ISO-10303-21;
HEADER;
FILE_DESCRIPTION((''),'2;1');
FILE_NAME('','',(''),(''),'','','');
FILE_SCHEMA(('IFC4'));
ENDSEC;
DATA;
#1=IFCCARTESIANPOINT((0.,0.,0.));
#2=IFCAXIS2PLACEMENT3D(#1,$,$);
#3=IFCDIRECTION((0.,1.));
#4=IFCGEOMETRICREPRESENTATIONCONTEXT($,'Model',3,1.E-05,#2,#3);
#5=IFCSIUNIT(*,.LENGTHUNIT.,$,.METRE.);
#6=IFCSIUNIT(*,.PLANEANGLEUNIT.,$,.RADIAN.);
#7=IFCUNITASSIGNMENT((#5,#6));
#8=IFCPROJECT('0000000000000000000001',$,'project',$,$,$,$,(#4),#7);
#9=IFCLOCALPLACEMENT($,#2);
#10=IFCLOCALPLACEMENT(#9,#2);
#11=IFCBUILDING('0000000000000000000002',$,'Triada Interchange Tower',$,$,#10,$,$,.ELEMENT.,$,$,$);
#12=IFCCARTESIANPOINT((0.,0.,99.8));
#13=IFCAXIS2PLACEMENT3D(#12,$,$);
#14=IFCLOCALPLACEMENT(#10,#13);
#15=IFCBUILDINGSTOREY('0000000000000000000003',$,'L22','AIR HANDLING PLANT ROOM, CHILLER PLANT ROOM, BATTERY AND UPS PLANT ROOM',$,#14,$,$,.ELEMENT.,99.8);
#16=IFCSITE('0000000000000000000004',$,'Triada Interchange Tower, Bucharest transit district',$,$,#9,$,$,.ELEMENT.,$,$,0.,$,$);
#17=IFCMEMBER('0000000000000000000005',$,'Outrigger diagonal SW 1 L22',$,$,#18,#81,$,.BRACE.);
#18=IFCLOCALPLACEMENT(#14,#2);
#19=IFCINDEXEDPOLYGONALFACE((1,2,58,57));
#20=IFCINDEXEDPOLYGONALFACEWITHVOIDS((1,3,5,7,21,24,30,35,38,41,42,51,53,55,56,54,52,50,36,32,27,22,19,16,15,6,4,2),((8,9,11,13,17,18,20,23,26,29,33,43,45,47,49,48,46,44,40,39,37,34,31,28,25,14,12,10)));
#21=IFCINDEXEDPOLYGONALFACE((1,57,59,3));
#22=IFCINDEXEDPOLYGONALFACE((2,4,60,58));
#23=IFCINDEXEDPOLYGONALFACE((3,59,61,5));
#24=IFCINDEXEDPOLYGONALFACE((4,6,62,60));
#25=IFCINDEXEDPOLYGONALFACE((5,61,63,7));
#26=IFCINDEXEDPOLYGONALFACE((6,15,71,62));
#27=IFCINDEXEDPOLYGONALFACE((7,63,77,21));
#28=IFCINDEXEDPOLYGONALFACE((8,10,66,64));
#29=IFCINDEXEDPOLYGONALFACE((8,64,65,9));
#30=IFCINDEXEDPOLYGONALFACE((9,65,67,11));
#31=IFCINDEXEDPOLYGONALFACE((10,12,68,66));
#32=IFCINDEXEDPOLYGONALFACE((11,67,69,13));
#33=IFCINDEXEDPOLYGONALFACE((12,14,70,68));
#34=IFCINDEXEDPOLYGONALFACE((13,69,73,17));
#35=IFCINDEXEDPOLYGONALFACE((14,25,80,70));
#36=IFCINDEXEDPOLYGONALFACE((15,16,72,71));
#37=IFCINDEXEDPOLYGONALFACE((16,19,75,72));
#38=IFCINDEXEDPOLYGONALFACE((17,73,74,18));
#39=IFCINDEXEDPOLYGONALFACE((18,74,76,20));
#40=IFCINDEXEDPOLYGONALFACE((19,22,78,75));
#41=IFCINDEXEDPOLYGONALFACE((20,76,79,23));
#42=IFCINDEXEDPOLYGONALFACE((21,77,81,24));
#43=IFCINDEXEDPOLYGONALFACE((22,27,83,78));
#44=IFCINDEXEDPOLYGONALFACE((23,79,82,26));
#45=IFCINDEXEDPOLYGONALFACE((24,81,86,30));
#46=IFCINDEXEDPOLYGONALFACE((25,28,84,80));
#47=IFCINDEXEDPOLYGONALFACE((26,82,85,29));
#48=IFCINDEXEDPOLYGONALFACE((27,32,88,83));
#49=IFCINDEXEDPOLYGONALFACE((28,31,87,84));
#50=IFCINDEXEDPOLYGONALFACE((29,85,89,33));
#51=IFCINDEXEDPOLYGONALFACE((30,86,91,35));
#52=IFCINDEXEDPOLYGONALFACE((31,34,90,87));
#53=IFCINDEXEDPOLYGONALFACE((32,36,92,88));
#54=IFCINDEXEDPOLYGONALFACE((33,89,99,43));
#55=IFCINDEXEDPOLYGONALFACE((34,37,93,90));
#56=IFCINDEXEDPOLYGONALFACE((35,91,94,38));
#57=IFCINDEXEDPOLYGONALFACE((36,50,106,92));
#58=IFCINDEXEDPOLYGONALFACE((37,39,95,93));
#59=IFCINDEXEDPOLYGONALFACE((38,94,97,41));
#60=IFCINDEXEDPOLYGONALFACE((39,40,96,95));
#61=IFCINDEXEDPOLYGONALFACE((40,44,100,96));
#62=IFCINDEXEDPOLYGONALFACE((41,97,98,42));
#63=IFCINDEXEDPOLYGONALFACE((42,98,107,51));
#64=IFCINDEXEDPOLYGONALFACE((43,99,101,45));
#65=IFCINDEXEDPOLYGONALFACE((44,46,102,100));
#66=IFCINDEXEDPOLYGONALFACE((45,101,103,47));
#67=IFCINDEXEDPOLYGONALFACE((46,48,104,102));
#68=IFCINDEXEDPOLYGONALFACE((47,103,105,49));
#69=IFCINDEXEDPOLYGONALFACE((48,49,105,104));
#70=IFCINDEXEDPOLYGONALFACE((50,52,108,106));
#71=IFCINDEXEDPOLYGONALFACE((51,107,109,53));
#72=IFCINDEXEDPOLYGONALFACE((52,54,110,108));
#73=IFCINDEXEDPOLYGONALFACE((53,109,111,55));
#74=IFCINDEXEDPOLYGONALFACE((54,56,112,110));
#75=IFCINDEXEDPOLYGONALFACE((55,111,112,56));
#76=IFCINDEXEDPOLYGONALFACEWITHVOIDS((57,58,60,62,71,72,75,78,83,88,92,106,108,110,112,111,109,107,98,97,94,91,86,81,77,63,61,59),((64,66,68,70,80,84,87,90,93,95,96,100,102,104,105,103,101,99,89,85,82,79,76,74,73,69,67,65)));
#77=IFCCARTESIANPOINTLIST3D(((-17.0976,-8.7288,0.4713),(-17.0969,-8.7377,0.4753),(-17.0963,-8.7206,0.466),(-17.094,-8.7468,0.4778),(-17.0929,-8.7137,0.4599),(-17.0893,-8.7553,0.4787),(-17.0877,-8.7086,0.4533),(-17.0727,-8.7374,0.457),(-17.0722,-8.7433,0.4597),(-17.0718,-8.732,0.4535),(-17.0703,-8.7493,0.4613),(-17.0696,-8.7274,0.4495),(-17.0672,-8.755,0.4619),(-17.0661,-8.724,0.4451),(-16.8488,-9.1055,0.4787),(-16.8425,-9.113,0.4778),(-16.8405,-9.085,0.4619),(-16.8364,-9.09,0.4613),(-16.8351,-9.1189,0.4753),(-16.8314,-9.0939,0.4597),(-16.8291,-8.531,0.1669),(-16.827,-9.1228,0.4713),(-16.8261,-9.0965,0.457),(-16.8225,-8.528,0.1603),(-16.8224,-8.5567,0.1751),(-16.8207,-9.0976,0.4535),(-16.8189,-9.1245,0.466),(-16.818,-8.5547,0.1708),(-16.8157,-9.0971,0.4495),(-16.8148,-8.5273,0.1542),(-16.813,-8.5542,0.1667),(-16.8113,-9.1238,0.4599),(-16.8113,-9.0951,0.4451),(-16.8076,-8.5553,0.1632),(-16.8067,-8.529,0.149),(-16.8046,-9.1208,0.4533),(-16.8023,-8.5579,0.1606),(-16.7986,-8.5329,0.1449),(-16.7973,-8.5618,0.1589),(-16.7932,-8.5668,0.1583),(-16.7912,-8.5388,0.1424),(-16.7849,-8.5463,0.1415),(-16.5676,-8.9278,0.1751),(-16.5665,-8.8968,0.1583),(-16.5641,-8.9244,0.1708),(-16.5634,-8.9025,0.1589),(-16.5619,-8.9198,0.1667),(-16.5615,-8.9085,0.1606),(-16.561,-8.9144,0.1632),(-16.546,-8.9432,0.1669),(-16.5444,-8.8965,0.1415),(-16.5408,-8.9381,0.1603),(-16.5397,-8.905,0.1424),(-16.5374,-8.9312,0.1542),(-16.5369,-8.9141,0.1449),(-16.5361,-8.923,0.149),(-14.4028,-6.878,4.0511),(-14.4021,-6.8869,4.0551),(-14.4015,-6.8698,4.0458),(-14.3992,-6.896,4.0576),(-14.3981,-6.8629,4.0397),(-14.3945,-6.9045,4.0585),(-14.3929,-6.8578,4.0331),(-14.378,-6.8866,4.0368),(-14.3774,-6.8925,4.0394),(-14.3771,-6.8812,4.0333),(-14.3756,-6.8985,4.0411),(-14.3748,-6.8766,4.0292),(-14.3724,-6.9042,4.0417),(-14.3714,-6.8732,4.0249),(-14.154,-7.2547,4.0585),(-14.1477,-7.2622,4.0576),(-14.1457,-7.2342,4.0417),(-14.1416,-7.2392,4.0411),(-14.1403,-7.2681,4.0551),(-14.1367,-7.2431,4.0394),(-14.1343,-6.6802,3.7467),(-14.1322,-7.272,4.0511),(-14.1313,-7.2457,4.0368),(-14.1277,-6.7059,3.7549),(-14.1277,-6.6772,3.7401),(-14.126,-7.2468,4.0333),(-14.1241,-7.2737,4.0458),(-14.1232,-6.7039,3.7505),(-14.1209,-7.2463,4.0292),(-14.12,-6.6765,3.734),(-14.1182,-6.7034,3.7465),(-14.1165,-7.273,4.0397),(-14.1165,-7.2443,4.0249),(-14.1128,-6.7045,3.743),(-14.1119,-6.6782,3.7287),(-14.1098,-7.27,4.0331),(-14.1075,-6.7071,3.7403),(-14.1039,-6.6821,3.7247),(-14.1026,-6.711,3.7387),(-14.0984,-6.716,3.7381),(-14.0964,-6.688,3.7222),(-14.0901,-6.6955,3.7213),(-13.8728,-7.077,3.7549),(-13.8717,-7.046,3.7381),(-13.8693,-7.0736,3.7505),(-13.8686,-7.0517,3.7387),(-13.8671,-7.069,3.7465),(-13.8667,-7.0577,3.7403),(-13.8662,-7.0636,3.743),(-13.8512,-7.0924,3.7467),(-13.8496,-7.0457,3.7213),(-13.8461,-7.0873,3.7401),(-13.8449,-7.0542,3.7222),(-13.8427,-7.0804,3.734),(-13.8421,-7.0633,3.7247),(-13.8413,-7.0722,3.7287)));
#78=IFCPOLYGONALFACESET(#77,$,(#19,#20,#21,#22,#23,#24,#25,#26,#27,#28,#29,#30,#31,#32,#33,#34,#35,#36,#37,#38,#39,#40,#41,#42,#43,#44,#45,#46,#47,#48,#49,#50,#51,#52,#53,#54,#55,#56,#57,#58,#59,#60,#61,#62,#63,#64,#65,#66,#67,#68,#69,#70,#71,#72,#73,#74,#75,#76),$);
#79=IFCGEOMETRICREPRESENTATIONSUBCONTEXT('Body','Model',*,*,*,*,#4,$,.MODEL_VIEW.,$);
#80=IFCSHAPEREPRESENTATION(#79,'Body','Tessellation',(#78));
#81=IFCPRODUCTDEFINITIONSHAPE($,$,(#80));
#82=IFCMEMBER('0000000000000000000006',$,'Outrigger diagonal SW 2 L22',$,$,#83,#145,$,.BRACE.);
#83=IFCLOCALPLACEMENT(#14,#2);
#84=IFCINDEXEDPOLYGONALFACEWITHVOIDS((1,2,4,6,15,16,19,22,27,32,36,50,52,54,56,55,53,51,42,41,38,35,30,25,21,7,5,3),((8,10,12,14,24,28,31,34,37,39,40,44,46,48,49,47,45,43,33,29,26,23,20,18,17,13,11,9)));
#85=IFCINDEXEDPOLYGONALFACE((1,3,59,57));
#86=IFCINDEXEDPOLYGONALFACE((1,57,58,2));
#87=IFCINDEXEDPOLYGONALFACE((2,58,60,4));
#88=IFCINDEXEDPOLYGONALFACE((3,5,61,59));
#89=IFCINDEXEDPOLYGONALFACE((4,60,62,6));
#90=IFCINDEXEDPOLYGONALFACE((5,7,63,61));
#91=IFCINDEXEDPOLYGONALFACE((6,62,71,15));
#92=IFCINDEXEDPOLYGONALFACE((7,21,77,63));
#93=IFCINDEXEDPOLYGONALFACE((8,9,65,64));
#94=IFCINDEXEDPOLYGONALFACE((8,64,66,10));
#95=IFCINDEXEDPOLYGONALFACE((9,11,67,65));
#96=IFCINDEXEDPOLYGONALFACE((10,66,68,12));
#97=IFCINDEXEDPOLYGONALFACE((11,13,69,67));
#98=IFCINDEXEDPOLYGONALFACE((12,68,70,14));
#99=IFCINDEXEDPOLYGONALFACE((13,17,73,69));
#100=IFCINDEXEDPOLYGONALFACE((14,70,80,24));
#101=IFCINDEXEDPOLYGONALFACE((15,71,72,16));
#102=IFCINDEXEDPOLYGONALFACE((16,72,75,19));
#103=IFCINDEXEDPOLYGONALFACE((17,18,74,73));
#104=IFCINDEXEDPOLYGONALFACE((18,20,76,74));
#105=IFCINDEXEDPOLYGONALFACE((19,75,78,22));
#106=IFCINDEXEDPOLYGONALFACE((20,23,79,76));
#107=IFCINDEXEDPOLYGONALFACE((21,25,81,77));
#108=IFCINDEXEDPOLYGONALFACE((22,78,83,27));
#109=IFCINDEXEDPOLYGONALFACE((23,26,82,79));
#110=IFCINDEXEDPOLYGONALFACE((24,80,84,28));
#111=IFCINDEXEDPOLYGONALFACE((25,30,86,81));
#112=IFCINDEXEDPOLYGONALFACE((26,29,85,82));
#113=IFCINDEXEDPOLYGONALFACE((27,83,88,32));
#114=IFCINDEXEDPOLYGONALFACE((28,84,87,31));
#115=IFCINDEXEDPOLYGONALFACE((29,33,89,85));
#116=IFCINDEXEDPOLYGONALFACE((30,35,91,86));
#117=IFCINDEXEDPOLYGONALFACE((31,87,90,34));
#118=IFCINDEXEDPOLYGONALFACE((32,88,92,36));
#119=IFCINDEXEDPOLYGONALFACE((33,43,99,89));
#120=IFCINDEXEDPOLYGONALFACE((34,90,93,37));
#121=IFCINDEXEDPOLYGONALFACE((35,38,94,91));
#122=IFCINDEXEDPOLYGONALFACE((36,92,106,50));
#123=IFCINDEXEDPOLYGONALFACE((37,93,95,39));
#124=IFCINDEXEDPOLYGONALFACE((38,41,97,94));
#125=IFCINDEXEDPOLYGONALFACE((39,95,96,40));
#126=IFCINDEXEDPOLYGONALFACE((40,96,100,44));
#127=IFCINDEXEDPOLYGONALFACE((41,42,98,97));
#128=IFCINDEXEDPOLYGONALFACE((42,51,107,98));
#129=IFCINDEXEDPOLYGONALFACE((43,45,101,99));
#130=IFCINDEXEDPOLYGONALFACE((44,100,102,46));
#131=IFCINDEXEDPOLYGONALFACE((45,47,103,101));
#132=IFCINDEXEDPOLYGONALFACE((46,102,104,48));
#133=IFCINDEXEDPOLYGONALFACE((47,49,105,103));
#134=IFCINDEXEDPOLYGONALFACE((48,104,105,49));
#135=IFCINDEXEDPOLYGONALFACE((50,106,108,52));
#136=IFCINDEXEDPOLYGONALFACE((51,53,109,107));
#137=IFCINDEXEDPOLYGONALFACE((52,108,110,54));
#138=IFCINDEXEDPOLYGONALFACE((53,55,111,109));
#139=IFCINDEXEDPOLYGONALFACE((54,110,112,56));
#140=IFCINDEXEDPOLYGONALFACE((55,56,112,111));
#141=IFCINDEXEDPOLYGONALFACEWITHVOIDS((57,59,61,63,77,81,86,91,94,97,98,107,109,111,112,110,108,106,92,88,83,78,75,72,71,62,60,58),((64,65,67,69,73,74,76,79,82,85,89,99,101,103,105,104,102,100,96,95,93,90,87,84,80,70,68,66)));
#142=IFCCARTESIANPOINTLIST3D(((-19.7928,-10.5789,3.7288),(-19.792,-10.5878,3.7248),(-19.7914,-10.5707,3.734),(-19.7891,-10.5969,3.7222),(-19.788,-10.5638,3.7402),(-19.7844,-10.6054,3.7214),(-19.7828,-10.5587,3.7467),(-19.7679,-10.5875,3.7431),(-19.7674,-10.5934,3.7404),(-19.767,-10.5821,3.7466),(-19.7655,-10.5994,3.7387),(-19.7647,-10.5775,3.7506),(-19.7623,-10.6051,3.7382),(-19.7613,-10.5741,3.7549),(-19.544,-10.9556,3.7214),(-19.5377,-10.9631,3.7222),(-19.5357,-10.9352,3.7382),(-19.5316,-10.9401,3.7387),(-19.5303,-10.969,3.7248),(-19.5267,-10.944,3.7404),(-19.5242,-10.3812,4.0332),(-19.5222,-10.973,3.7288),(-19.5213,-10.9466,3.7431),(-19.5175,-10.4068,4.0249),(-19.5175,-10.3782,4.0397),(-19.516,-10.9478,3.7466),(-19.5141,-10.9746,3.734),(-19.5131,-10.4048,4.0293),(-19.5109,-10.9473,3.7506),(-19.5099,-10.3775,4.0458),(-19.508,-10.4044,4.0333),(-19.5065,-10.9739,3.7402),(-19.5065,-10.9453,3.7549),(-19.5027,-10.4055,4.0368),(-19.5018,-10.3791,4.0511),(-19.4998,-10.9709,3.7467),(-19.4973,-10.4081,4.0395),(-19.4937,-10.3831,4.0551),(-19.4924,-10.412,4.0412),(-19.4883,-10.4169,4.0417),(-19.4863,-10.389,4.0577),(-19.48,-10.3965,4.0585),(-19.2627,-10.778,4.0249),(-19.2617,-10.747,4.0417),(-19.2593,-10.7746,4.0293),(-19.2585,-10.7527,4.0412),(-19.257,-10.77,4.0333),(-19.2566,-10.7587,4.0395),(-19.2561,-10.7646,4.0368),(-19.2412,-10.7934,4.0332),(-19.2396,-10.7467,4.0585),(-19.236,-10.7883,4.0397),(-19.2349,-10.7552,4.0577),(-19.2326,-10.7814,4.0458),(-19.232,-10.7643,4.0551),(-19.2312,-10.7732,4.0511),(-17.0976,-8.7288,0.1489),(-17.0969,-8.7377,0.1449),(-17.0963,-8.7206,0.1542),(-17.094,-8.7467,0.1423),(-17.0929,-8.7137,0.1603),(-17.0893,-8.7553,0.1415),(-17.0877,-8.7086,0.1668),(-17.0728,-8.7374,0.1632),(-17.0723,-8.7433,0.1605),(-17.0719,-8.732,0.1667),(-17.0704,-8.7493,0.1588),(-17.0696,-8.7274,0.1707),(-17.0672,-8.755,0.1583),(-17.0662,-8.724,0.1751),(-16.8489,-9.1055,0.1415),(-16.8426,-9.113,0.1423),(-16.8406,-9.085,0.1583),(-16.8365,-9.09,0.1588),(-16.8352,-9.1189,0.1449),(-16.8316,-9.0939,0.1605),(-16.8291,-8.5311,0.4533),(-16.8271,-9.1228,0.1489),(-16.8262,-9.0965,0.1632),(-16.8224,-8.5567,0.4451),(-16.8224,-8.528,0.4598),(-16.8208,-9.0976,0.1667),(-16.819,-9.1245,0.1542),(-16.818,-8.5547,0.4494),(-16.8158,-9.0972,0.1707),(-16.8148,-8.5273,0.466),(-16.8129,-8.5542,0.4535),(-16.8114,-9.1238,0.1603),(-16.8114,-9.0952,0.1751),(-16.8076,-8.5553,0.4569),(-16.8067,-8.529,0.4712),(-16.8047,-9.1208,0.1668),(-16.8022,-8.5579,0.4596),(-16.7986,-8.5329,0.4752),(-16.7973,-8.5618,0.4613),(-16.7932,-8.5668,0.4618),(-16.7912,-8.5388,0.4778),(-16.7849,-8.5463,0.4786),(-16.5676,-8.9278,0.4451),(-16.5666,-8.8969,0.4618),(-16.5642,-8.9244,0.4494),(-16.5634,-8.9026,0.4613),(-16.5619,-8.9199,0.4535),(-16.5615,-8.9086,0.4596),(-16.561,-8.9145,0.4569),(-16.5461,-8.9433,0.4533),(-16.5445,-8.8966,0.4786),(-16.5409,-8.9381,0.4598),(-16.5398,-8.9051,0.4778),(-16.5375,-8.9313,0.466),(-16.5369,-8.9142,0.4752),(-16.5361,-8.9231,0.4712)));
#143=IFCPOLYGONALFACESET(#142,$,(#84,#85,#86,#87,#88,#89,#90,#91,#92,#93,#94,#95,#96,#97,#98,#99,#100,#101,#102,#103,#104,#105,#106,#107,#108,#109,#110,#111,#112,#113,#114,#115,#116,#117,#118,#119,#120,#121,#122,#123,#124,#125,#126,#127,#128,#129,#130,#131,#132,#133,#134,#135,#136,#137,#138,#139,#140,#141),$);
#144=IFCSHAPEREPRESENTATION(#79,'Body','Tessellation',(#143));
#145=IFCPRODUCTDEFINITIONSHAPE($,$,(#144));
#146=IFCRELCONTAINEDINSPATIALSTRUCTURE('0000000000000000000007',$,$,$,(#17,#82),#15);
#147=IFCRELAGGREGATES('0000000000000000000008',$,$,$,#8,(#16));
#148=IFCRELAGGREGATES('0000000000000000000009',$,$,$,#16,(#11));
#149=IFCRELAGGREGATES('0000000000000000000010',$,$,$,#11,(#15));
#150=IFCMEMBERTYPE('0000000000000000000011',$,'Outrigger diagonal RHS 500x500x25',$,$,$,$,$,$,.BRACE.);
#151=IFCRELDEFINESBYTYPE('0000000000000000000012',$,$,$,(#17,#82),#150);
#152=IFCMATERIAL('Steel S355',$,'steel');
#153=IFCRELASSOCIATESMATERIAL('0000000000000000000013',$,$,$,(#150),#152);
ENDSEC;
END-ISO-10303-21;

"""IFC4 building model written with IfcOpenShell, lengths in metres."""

from ifc_helpers import new_model, si_unit, direction, frame, origin, origin_2d, place, context, subcontext, project, spatial, hollow_rectangle, extrude, material, material_profile, profile_set, type_object, element, save


model = new_model("IFC4")

# Units and contexts
model_context = context("Model", 3, precision=1e-05, world=origin(), true_north=direction((0.0, 1.0)))
body_context = subcontext(model_context, "Body", "Model", "MODEL_VIEW")
ifc_project = project(units=[si_unit("LENGTHUNIT", "METRE"), si_unit("PLANEANGLEUNIT", "RADIAN")], contexts=[model_context])

# Site, building, storey
site_placement = place(None, origin())
site = spatial("IfcSite", under=ifc_project, at=site_placement, Name="Triada Interchange Tower, Bucharest transit district", CompositionType="ELEMENT", RefElevation=0.0)
building_placement = place(site_placement, origin())
building = spatial("IfcBuilding", under=site, at=building_placement, Name="Triada Interchange Tower", CompositionType="ELEMENT")
storey_placement = place(building_placement, frame((0.0, 0.0, 99.8)))
storey = spatial("IfcBuildingStorey", under=building, at=storey_placement, Name="L22", Description="AIR HANDLING PLANT ROOM, CHILLER PLANT ROOM, BATTERY AND UPS PLANT ROOM", CompositionType="ELEMENT", Elevation=99.8)

# Members
ifc_material_1 = material(Name="Steel S355", Category="steel")
ifc_material_profile_1 = material_profile(ifc_material_1, hollow_rectangle(XDim=0.5, YDim=0.5, WallThickness=0.0249, InnerFilletRadius=0.0249, OuterFilletRadius=0.0376, at=origin_2d()), Name="RHS 500x500x25")
ifc_profile_set_1 = profile_set([ifc_material_profile_1], Name="Steel S355")
member_type_1 = type_object("IfcMemberType", Name="Outrigger diagonal RHS 500x500x25", PredefinedType="BRACE", material=ifc_profile_set_1)
for number, where, z_axis, x_axis, name in (
    (1, (-14.1221, -6.9751, 3.8899), (-0.555866, -0.381774, -0.738418), (0.566142, -0.824308, 0.0), "Outrigger diagonal SW 1 L22"),
    (2, (-16.8169, -8.8259, 0.3101), (-0.555933, -0.381634, 0.73844), (0.565955, -0.824436, 0.0), "Outrigger diagonal SW 2 L22"),
):
    element("IfcMember", number, at=place(storey_placement, frame(where, z_axis=z_axis, x_axis=x_axis)), inside=storey, type_object=member_type_1, Name=name, PredefinedType="BRACE", context=body_context, shape_type="SweptSolid", body=[
        extrude(hollow_rectangle(XDim=0.5, YDim=0.5, WallThickness=0.0249, InnerFilletRadius=0.0249, OuterFilletRadius=0.0376, at=origin_2d()), origin(), (0.0, 0.0, 1.0), 4.8479),
    ])

save(model, "model.ifc")
